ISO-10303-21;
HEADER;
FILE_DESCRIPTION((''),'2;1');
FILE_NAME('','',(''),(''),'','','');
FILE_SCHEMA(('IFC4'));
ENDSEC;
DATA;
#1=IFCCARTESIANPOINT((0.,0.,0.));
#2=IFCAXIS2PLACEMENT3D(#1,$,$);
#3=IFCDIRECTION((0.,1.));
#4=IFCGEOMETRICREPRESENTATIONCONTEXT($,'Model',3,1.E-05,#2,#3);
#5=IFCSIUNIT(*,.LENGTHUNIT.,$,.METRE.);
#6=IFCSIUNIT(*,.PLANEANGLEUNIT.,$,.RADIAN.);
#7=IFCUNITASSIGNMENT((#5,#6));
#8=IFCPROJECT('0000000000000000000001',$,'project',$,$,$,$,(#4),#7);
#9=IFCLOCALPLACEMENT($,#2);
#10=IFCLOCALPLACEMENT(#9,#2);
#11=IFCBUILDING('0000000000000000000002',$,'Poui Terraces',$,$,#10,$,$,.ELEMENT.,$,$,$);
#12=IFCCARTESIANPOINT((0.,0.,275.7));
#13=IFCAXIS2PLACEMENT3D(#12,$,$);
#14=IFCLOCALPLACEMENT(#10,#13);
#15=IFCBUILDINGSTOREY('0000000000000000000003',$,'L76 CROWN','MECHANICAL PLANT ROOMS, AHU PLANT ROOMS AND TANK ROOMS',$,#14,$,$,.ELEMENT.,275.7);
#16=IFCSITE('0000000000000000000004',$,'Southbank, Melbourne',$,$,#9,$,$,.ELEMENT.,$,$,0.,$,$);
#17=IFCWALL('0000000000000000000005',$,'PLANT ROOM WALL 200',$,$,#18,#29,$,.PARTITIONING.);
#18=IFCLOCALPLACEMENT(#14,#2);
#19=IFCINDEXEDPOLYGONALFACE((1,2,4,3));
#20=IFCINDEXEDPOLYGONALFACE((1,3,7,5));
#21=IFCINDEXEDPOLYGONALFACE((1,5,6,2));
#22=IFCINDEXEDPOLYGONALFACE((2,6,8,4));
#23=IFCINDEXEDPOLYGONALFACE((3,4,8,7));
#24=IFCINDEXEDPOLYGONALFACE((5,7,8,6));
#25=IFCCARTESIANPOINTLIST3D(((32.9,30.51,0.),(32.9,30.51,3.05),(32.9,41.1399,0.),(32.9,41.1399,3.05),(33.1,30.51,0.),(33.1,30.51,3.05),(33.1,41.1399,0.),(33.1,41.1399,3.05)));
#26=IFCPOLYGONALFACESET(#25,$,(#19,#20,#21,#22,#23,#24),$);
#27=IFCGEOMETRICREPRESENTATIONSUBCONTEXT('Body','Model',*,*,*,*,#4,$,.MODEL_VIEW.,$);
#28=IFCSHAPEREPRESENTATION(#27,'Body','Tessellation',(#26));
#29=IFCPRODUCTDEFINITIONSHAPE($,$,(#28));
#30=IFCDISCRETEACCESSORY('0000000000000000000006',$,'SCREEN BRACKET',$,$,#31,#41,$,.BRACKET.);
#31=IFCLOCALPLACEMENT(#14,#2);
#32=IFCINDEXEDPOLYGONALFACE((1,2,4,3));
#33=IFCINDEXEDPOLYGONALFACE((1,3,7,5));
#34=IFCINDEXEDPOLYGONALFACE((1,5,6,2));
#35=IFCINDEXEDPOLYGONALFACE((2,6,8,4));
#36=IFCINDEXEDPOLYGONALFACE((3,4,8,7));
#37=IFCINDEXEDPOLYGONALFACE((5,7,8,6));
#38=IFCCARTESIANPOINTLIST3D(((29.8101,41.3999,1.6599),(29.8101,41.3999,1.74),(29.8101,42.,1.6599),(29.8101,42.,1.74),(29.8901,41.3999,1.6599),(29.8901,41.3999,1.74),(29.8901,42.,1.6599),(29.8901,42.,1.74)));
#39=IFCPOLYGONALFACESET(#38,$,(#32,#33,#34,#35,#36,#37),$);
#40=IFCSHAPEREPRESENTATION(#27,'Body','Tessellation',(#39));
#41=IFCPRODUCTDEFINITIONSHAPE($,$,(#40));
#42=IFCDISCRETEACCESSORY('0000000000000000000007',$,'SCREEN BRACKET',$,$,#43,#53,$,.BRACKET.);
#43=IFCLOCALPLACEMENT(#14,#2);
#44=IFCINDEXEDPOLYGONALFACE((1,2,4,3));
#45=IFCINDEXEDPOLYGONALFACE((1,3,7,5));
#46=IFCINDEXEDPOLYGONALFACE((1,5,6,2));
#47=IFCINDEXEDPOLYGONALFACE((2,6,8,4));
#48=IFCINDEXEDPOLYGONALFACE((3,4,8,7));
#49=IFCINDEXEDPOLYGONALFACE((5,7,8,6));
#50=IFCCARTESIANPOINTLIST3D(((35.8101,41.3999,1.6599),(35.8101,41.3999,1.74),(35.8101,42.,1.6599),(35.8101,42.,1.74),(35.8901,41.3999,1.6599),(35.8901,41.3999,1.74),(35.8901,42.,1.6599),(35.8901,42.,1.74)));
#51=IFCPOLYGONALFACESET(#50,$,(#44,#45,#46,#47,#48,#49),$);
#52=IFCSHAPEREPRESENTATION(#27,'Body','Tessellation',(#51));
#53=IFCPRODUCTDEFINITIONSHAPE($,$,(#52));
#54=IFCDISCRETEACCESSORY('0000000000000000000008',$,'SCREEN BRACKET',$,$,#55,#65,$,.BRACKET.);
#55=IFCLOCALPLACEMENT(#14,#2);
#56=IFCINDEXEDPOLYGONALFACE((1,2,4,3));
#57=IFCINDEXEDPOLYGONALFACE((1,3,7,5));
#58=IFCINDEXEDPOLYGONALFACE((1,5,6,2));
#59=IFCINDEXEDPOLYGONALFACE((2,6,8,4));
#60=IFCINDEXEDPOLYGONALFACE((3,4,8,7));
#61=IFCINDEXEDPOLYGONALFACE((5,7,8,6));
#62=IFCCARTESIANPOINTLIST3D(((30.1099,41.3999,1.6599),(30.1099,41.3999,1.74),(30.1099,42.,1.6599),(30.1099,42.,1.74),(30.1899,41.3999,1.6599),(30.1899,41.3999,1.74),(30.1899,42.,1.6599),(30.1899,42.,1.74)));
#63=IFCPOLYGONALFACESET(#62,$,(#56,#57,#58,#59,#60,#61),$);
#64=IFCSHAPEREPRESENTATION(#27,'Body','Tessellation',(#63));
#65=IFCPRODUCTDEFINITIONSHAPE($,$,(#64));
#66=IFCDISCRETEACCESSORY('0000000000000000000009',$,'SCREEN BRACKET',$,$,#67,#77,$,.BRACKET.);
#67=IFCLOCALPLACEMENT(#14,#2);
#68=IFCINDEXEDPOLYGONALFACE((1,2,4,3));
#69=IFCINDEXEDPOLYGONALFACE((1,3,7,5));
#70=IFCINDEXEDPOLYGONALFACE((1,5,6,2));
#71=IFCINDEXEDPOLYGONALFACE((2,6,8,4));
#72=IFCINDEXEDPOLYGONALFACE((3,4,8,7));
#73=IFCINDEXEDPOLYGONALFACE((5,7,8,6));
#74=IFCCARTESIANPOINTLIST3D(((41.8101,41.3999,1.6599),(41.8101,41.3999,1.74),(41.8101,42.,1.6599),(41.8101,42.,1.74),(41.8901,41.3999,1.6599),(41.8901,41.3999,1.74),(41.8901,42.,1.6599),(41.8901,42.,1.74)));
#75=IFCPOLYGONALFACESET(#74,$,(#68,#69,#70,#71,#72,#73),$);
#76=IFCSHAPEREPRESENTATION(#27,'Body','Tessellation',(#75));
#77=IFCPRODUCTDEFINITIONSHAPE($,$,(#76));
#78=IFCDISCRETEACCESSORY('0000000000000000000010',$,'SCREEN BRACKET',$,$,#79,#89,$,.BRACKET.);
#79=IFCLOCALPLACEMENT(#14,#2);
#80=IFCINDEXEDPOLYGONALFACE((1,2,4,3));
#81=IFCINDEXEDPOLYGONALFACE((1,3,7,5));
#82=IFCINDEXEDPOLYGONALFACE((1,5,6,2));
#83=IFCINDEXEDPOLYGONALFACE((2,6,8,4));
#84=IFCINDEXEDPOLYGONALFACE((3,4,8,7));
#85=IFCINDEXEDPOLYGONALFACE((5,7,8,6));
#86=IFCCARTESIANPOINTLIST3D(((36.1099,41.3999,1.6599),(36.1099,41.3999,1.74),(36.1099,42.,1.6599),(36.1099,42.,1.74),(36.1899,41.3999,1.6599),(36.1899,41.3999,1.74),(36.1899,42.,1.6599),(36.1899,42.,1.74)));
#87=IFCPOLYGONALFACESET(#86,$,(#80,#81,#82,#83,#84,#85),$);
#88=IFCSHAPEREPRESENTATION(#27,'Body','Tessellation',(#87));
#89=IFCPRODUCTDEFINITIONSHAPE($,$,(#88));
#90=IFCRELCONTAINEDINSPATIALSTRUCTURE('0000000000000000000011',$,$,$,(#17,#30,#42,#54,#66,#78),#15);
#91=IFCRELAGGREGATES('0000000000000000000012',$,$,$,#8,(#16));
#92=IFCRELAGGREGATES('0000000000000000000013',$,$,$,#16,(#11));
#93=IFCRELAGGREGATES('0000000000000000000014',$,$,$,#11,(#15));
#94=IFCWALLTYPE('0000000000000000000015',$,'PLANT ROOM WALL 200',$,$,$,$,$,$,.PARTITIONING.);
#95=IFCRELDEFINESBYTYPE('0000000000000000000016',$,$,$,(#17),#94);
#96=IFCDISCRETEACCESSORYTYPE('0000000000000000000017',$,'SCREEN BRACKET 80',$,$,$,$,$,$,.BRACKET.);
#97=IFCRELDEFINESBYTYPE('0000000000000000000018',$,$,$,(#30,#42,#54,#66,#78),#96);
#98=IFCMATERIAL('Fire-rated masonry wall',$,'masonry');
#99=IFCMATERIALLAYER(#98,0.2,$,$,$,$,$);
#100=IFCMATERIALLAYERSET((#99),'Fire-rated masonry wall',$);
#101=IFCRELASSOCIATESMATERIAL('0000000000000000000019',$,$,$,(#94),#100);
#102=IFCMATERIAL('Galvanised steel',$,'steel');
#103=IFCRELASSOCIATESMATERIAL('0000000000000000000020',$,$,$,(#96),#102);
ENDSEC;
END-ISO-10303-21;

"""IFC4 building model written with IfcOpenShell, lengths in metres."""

from ifc_helpers import new_model, si_unit, direction, frame, frame_2d, origin, origin_2d, place, context, subcontext, project, spatial, rectangle, extrude, source, transform, mapped, material, layer, layer_set, material_profile, profile_set, type_object, element, save


model = new_model("IFC4")

# Units and contexts
model_context = context("Model", 3, precision=1e-05, world=origin(), true_north=direction((0.0, 1.0)))
body_context = subcontext(model_context, "Body", "Model", "MODEL_VIEW")
ifc_project = project(units=[si_unit("LENGTHUNIT", "METRE"), si_unit("PLANEANGLEUNIT", "RADIAN")], contexts=[model_context])

# Site, building, storey
site_placement = place(None, origin())
site = spatial("IfcSite", under=ifc_project, at=site_placement, Name="Southbank, Melbourne", CompositionType="ELEMENT", RefElevation=0.0)
building_placement = place(site_placement, origin())
building = spatial("IfcBuilding", under=site, at=building_placement, Name="Poui Terraces", CompositionType="ELEMENT")
storey_placement = place(building_placement, frame((0.0, 0.0, 275.7)))
storey = spatial("IfcBuildingStorey", under=building, at=storey_placement, Name="L76 CROWN", Description="MECHANICAL PLANT ROOMS, AHU PLANT ROOMS AND TANK ROOMS", CompositionType="ELEMENT", Elevation=275.7)

# Wall
ifc_material_1 = material(Name="Fire-rated masonry wall", Category="masonry")
ifc_layer_1 = layer(ifc_material_1, 0.2)
ifc_layer_set_1 = layer_set([ifc_layer_1], Name="Fire-rated masonry wall")
wall_type_1 = type_object("IfcWallType", Name="PLANT ROOM WALL 200", PredefinedType="PARTITIONING", material=ifc_layer_set_1)
wall_1_placement = place(storey_placement, frame((33.0, 30.51, 0.0), z_axis=(0.0, 0.0, 1.0), x_axis=(0.0, 1.0, 0.0)))
element("IfcWall", 1, at=wall_1_placement, inside=storey, type_object=wall_type_1, Name="PLANT ROOM WALL 200", PredefinedType="PARTITIONING", context=body_context, shape_type="SweptSolid", body=[
    extrude(rectangle(XDim=10.6299, YDim=0.2, at=frame_2d((5.3149, 0.0))), origin(), (0.0, 0.0, 1.0), 3.05),
])

# Discrete accessories
ifc_material_2 = material(Name="Galvanised steel", Category="steel")
ifc_material_profile_1 = material_profile(ifc_material_2, rectangle(XDim=0.0801, YDim=0.0801, at=origin_2d()), Name="SCREEN BRACKET 80")
ifc_profile_set_1 = profile_set([ifc_material_profile_1], Name="Galvanised steel")
discrete_accessory_type = type_object("IfcDiscreteAccessoryType", Name="SCREEN BRACKET 80", PredefinedType="BRACKET", material=ifc_profile_set_1)
shared_shape_1 = source(origin(), body_context, "Body", "SweptSolid", [
    extrude(rectangle(XDim=0.0801, YDim=0.0801, at=origin_2d()), origin(), (0.0, 0.0, 1.0), 0.6001),
])
for number, where, z_axis, x_axis, name in (
    (2, (29.8501, 41.3999, 1.7), (0.0, 1.0, 0.0), (-1.0, 0.0, 0.0), "SCREEN BRACKET"),
    (3, (35.8501, 41.3999, 1.7), (0.0, 1.0, 0.0), (-1.0, 0.0, 0.0), "SCREEN BRACKET"),
    (4, (30.1499, 41.3999, 1.7), (0.0, 1.0, 0.0), (-1.0, 0.0, 0.0), "SCREEN BRACKET"),
    (5, (41.8501, 41.3999, 1.7), (0.0, 1.0, 0.0), (-1.0, 0.0, 0.0), "SCREEN BRACKET"),
    (6, (36.1499, 41.3999, 1.7), (0.0, 1.0, 0.0), (-1.0, 0.0, 0.0), "SCREEN BRACKET"),
):
    element("IfcDiscreteAccessory", number, at=place(storey_placement, frame(where, z_axis=z_axis, x_axis=x_axis)), inside=storey, type_object=discrete_accessory_type, Name=name, PredefinedType="BRACKET", context=body_context, shape_type="MappedRepresentation", body=[
        mapped(shared_shape_1, transform((0.0, 0.0, 0.0))),
    ])

save(model, "model.ifc")
